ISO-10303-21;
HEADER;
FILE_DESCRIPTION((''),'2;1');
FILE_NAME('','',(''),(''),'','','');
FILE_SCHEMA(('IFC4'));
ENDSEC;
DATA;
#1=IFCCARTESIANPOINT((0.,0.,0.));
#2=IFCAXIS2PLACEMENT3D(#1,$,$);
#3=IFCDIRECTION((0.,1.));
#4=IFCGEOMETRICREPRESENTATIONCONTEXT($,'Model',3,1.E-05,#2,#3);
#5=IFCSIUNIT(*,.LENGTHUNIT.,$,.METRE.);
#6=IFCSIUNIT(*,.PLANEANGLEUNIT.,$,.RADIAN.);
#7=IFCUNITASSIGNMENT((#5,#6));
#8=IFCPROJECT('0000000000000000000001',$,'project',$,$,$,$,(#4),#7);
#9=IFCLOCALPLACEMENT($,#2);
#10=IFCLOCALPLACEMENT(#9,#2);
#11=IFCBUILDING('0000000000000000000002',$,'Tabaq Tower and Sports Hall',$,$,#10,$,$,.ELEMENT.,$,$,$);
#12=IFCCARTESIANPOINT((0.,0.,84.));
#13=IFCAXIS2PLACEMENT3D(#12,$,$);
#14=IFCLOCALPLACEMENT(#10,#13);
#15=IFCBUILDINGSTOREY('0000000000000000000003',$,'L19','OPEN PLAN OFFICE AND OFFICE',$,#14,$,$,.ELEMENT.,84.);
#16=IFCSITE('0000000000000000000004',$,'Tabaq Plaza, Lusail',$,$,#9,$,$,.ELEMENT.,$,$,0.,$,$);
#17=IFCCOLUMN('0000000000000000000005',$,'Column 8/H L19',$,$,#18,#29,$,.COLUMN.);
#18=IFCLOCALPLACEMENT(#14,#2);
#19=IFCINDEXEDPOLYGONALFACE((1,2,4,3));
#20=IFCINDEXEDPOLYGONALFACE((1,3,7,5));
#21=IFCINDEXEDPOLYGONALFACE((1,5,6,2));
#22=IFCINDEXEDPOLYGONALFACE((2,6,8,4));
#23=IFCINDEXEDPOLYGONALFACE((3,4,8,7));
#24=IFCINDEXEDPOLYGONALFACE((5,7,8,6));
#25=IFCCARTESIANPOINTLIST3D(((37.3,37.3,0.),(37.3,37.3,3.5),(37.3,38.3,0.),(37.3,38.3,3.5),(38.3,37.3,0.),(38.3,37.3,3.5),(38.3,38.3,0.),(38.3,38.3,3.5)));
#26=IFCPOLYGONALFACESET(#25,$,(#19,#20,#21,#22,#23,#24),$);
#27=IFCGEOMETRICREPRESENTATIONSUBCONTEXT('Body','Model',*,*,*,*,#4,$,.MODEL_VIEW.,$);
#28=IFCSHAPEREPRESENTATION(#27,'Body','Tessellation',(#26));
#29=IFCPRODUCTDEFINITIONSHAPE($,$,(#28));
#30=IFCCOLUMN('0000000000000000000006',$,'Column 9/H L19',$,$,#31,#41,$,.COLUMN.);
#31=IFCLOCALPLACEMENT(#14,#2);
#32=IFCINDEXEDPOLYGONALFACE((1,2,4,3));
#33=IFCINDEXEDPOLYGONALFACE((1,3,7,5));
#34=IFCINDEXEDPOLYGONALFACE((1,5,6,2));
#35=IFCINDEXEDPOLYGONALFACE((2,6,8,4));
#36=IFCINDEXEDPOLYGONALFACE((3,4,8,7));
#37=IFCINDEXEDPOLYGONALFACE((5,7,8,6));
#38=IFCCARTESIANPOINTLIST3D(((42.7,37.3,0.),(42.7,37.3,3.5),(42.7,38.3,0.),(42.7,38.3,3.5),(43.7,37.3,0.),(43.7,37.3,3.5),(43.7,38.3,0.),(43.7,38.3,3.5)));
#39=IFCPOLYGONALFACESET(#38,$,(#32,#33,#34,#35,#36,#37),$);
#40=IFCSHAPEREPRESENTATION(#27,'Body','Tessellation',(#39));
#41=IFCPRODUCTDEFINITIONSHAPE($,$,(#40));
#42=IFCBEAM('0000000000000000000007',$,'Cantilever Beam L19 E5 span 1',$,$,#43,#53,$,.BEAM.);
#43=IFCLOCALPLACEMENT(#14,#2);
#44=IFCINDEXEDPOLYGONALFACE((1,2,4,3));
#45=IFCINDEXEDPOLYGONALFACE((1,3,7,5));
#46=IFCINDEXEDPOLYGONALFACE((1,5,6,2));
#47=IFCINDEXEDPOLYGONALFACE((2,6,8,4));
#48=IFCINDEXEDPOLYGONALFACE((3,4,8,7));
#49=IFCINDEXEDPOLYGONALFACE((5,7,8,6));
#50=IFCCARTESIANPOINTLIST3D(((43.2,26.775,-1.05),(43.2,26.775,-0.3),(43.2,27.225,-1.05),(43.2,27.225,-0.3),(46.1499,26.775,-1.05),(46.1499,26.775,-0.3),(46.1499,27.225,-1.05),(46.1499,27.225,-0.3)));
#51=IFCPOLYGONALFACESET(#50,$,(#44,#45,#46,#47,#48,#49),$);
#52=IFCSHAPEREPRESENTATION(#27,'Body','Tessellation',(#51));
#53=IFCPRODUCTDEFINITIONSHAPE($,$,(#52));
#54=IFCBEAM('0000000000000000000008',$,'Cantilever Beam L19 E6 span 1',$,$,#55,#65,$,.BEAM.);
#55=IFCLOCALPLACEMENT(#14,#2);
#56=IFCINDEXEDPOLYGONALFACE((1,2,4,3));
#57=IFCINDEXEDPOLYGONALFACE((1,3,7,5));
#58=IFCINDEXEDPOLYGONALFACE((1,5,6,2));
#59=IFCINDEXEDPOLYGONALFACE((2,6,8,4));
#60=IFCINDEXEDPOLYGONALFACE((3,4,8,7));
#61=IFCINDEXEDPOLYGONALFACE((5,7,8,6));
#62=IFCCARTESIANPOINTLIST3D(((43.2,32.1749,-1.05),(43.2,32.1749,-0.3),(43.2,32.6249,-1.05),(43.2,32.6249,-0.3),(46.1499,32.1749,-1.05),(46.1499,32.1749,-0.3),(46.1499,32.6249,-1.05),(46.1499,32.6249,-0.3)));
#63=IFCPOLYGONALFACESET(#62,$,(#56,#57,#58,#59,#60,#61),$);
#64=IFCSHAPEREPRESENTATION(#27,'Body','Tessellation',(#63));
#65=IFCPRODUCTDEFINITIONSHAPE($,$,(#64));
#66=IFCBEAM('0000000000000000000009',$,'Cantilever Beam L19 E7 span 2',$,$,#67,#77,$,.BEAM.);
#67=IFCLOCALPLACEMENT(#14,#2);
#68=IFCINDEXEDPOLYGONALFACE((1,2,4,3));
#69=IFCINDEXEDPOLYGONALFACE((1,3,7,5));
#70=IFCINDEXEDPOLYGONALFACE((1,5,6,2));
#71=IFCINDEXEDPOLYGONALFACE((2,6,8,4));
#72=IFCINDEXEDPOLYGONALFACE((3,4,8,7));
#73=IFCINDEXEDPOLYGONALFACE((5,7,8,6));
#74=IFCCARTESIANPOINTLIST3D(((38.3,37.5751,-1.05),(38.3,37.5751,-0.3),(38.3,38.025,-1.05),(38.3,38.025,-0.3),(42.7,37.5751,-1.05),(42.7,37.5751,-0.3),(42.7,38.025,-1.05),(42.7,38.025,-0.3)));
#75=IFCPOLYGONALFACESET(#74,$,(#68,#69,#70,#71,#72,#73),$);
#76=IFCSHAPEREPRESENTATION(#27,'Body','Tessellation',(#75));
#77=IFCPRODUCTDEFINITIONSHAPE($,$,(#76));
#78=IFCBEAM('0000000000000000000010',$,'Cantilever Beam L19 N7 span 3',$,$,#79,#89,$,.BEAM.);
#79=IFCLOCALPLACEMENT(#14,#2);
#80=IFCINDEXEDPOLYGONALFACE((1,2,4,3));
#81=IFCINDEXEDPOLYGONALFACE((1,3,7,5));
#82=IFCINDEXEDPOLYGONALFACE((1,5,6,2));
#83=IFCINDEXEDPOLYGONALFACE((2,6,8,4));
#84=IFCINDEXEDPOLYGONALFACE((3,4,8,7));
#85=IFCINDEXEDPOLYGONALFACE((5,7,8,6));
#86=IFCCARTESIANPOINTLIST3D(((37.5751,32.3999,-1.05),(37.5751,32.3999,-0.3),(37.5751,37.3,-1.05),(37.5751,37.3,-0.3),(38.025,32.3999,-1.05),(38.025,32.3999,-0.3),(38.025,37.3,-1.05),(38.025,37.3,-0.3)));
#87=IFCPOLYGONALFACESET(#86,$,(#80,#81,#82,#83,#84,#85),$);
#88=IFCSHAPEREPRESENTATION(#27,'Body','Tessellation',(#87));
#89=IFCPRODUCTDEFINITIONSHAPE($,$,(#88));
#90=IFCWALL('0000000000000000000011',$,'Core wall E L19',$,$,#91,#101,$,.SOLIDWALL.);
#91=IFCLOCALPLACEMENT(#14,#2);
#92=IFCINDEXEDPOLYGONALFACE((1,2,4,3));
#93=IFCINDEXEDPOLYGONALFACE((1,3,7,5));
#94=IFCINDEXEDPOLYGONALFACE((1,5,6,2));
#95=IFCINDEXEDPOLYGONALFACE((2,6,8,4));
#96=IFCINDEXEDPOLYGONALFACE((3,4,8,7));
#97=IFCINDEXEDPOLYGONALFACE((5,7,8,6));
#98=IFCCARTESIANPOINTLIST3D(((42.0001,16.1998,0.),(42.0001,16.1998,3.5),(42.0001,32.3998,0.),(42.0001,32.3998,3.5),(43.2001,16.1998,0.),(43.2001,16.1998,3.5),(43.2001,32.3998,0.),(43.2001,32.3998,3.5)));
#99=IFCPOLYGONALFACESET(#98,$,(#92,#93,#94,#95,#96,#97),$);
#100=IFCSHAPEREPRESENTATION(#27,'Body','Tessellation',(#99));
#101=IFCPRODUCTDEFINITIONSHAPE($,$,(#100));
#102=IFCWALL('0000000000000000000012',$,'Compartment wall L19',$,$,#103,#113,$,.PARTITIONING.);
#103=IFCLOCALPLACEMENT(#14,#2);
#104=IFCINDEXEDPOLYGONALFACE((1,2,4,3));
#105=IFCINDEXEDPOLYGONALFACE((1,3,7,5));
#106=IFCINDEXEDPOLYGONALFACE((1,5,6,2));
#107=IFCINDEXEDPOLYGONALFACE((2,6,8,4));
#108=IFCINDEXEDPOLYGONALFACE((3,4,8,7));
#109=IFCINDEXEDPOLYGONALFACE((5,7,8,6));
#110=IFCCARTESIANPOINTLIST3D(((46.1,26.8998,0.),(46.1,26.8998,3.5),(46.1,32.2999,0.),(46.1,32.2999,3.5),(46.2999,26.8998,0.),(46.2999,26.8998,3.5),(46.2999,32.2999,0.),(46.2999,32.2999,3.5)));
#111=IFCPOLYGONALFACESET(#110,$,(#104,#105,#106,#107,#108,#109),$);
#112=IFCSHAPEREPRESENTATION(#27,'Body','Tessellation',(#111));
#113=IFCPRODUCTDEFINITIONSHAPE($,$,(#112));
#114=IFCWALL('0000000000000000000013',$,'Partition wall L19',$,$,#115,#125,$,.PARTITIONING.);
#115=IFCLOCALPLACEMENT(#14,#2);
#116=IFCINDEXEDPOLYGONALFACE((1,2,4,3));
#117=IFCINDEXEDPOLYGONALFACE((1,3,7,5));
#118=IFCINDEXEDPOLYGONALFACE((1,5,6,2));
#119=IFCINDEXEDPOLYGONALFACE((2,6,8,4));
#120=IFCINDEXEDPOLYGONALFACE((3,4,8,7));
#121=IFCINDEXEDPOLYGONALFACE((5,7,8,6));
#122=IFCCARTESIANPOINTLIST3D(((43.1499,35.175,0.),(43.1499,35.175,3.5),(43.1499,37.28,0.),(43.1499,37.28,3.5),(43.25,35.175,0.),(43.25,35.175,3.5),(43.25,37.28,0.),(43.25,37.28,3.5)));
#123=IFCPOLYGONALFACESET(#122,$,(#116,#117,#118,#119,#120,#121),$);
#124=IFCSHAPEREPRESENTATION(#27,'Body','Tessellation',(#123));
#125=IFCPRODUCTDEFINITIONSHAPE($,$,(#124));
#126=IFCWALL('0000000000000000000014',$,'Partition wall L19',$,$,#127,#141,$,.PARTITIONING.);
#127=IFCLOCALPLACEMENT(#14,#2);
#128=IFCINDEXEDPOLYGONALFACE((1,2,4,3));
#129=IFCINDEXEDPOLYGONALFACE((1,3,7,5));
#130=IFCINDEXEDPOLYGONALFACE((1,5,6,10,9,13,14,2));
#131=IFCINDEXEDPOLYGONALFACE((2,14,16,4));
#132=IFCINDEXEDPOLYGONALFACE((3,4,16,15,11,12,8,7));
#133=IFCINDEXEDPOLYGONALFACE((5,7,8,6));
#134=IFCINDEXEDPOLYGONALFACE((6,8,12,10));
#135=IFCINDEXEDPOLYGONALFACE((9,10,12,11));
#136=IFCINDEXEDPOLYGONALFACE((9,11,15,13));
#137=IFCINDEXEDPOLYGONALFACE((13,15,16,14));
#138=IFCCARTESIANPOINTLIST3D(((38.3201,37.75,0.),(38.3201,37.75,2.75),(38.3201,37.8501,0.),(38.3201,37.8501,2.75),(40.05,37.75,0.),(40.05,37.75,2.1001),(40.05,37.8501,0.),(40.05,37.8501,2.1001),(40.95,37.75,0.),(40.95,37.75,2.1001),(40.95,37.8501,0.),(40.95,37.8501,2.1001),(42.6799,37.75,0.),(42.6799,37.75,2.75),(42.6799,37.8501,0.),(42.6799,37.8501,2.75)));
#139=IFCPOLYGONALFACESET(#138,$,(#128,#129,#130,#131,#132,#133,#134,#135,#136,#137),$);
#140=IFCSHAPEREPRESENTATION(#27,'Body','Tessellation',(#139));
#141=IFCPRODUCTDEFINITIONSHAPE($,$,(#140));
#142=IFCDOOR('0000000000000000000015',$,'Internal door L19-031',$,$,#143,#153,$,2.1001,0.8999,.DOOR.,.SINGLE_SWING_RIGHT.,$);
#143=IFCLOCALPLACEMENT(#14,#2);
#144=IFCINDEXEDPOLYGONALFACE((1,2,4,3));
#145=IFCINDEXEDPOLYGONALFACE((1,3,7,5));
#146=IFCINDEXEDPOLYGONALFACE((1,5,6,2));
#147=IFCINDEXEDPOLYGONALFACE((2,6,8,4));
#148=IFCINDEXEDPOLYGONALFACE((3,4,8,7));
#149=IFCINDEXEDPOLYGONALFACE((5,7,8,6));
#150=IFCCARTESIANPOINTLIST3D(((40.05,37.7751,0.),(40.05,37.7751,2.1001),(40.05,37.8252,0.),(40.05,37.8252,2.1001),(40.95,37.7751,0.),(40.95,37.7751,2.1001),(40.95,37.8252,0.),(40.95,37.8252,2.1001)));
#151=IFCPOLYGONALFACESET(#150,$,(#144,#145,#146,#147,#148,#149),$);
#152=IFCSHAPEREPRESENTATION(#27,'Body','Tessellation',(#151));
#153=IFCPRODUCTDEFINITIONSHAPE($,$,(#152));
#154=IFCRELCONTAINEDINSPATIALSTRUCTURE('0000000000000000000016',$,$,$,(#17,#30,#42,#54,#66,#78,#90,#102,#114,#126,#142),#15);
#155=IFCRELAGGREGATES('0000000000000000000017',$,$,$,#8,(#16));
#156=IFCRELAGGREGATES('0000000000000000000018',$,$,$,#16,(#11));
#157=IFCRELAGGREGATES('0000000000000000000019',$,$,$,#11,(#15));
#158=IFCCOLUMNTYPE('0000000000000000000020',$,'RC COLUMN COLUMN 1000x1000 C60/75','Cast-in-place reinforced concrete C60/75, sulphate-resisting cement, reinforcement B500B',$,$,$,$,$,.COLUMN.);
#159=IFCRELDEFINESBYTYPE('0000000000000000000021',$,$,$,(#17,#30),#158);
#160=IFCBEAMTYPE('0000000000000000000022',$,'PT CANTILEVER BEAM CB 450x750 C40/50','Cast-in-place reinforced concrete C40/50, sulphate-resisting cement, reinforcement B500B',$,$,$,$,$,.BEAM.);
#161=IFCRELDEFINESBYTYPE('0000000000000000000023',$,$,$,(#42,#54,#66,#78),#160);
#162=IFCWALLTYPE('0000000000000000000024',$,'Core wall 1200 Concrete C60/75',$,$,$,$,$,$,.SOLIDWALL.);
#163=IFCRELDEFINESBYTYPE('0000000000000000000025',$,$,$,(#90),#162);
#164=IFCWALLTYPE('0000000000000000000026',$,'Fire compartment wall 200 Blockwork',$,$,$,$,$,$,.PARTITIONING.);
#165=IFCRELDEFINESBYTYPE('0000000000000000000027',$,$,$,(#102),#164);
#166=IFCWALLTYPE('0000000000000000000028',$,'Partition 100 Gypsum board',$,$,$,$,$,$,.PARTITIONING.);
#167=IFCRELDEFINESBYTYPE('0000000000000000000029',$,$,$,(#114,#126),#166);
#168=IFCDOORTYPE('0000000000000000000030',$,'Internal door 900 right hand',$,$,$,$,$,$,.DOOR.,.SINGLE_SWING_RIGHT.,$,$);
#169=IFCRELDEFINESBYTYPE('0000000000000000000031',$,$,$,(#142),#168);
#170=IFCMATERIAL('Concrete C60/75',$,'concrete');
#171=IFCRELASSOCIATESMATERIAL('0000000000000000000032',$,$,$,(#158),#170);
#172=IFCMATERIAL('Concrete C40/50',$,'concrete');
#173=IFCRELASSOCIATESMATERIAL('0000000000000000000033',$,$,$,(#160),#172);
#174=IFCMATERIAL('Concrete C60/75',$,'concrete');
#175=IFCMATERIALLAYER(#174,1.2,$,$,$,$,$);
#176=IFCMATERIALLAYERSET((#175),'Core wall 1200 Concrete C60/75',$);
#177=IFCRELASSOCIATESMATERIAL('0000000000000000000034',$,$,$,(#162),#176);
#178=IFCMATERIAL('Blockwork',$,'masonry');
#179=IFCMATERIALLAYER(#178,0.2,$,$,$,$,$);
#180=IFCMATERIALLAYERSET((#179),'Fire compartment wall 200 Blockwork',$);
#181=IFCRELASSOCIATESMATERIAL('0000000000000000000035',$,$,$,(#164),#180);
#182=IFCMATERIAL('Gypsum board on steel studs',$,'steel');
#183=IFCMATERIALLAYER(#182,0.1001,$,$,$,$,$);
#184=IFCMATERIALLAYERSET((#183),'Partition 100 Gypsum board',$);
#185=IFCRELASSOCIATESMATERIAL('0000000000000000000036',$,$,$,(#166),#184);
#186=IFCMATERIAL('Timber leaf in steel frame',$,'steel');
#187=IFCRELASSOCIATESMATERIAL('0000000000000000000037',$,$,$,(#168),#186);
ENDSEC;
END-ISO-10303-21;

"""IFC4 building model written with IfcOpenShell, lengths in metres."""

from ifc_helpers import new_model, si_unit, direction, frame, frame_2d, origin, origin_2d, place, context, subcontext, project, spatial, rectangle, extrude, material, layer, layer_set, material_profile, profile_set, type_object, element, fill, save


model = new_model("IFC4")

# Units and contexts
model_context = context("Model", 3, precision=1e-05, world=origin(), true_north=direction((0.0, 1.0)))
body_context = subcontext(model_context, "Body", "Model", "MODEL_VIEW")
ifc_project = project(units=[si_unit("LENGTHUNIT", "METRE"), si_unit("PLANEANGLEUNIT", "RADIAN")], contexts=[model_context])

# Site, building, storey
site_placement = place(None, origin())
site = spatial("IfcSite", under=ifc_project, at=site_placement, Name="Tabaq Plaza, Lusail", CompositionType="ELEMENT", RefElevation=0.0)
building_placement = place(site_placement, origin())
building = spatial("IfcBuilding", under=site, at=building_placement, Name="Tabaq Tower and Sports Hall", CompositionType="ELEMENT")
storey_placement = place(building_placement, frame((0.0, 0.0, 84.0)))
storey = spatial("IfcBuildingStorey", under=building, at=storey_placement, Name="L19", Description="OPEN PLAN OFFICE AND OFFICE", CompositionType="ELEMENT", Elevation=84.0)

# Columns
ifc_material_1 = material(Name="Concrete C60/75", Category="concrete")
ifc_material_profile_1 = material_profile(ifc_material_1, rectangle(XDim=1.0, YDim=1.0, at=origin_2d()), Name="COLUMN 1000x1000")
ifc_profile_set_1 = profile_set([ifc_material_profile_1], Name="Concrete C60/75")
column_type = type_object("IfcColumnType", Name="RC COLUMN COLUMN 1000x1000 C60/75", Description="Cast-in-place reinforced concrete C60/75, sulphate-resisting cement, reinforcement B500B", PredefinedType="COLUMN", material=ifc_profile_set_1)
for number, where, z_axis, x_axis, name in (
    (1, (37.8, 37.8, 0.0), (0.0, 0.0, 1.0), (1.0, 0.0, 0.0), "Column 8/H L19"),
    (2, (43.2, 37.8, 0.0), (0.0, 0.0, 1.0), (1.0, 0.0, 0.0), "Column 9/H L19"),
):
    element("IfcColumn", number, at=place(storey_placement, frame(where, z_axis=z_axis, x_axis=x_axis)), inside=storey, type_object=column_type, Name=name, PredefinedType="COLUMN", context=body_context, shape_type="SweptSolid", body=[
        extrude(rectangle(XDim=1.0, YDim=1.0, at=origin_2d()), origin(), (0.0, 0.0, 1.0), 3.5),
    ])

# Beams
ifc_material_2 = material(Name="Concrete C40/50", Category="concrete")
ifc_material_profile_2 = material_profile(ifc_material_2, rectangle(XDim=0.45, YDim=0.75, at=origin_2d()), Name="CB 450x750")
ifc_profile_set_2 = profile_set([ifc_material_profile_2], Name="Concrete C40/50")
beam_type = type_object("IfcBeamType", Name="PT CANTILEVER BEAM CB 450x750 C40/50", Description="Cast-in-place reinforced concrete C40/50, sulphate-resisting cement, reinforcement B500B", PredefinedType="BEAM", material=ifc_profile_set_2)
for number, where, z_axis, x_axis, name in (
    (3, (46.1499, 27.0, -0.675), (-1.0, 0.0, 0.0), (0.0, -1.0, 0.0), "Cantilever Beam L19 E5 span 1"),
    (4, (46.1499, 32.3999, -0.675), (-1.0, 0.0, 0.0), (0.0, -1.0, 0.0), "Cantilever Beam L19 E6 span 1"),
):
    element("IfcBeam", number, at=place(storey_placement, frame(where, z_axis=z_axis, x_axis=x_axis)), inside=storey, type_object=beam_type, Name=name, PredefinedType="BEAM", context=body_context, shape_type="SweptSolid", body=[
        extrude(rectangle(XDim=0.45, YDim=0.75, at=origin_2d()), origin(), (0.0, 0.0, 1.0), 2.95),
    ])
beam_1_placement = place(storey_placement, frame((42.7, 37.8, -0.675), z_axis=(-1.0, 0.0, 0.0), x_axis=(0.0, -1.0, 0.0)))
element("IfcBeam", 5, at=beam_1_placement, inside=storey, type_object=beam_type, Name="Cantilever Beam L19 E7 span 2", PredefinedType="BEAM", context=body_context, shape_type="SweptSolid", body=[
    extrude(rectangle(XDim=0.45, YDim=0.75, at=origin_2d()), origin(), (0.0, 0.0, 1.0), 4.3999),
])
beam_2_placement = place(storey_placement, frame((37.8, 37.3, -0.675), z_axis=(0.0, -1.0, 0.0), x_axis=(1.0, 0.0, 0.0)))
element("IfcBeam", 6, at=beam_2_placement, inside=storey, type_object=beam_type, Name="Cantilever Beam L19 N7 span 3", PredefinedType="BEAM", context=body_context, shape_type="SweptSolid", body=[
    extrude(rectangle(XDim=0.45, YDim=0.75, at=origin_2d()), origin(), (0.0, 0.0, 1.0), 4.9001),
])

# Wall
ifc_material_3 = material(Name="Concrete C60/75", Category="concrete")
ifc_layer_1 = layer(ifc_material_3, 1.2)
ifc_layer_set_1 = layer_set([ifc_layer_1], Name="Core wall 1200 Concrete C60/75")
wall_type_1 = type_object("IfcWallType", Name="Core wall 1200 Concrete C60/75", PredefinedType="SOLIDWALL", material=ifc_layer_set_1)
wall_1_placement = place(storey_placement, frame((42.6001, 32.3999, 0.0), z_axis=(0.0, 0.0, 1.0), x_axis=(0.0, -1.0, 0.0)))
element("IfcWall", 7, at=wall_1_placement, inside=storey, type_object=wall_type_1, Name="Core wall E L19", PredefinedType="SOLIDWALL", context=body_context, shape_type="SweptSolid", body=[
    extrude(rectangle(XDim=16.2, YDim=1.2, at=frame_2d((8.1001, 0.0))), origin(), (0.0, 0.0, 1.0), 3.5),
])

# Shared definitions
ifc_material_4 = material(Name="Blockwork", Category="masonry")
ifc_layer_2 = layer(ifc_material_4, 0.2)
ifc_layer_set_2 = layer_set([ifc_layer_2], Name="Fire compartment wall 200 Blockwork")
wall_type_2 = type_object("IfcWallType", Name="Fire compartment wall 200 Blockwork", PredefinedType="PARTITIONING", material=ifc_layer_set_2)

# Walls
wall_2_placement = place(storey_placement, frame((46.2, 32.3, 0.0), z_axis=(0.0, 0.0, 1.0), x_axis=(0.0, -1.0, 0.0)))
element("IfcWall", 8, at=wall_2_placement, inside=storey, type_object=wall_type_2, Name="Compartment wall L19", PredefinedType="PARTITIONING", context=body_context, shape_type="SweptSolid", body=[
    extrude(rectangle(XDim=5.4001, YDim=0.2, at=frame_2d((2.7002, 0.0))), origin(), (0.0, 0.0, 1.0), 3.5),
])
ifc_material_5 = material(Name="Gypsum board on steel studs", Category="steel")
ifc_layer_3 = layer(ifc_material_5, 0.1001)
ifc_layer_set_3 = layer_set([ifc_layer_3], Name="Partition 100 Gypsum board")
wall_type_3 = type_object("IfcWallType", Name="Partition 100 Gypsum board", PredefinedType="PARTITIONING", material=ifc_layer_set_3)
wall_3_placement = place(storey_placement, frame((43.2, 35.175, 0.0), z_axis=(0.0, 0.0, 1.0), x_axis=(0.0, 1.0, 0.0)))
element("IfcWall", 9, at=wall_3_placement, inside=storey, type_object=wall_type_3, Name="Partition wall L19", PredefinedType="PARTITIONING", context=body_context, shape_type="SweptSolid", body=[
    extrude(rectangle(XDim=2.105, YDim=0.1001, at=frame_2d((1.0525, 0.0))), origin(), (0.0, 0.0, 1.0), 3.5),
])

# Wall, opening, door
wall_4_placement = place(storey_placement, frame((42.6799, 37.8, 0.0), z_axis=(0.0, 0.0, 1.0), x_axis=(-1.0, 0.0, 0.0)))
wall_4 = element("IfcWall", 10, at=wall_4_placement, inside=storey, type_object=wall_type_3, Name="Partition wall L19", PredefinedType="PARTITIONING", context=body_context, shape_type="SweptSolid", body=[
    extrude(rectangle(XDim=4.3599, YDim=0.1001, at=frame_2d((2.1799, 0.0))), origin(), (0.0, 0.0, 1.0), 2.75),
])
opening_1_placement = place(wall_4_placement, frame((1.73, 0.0, 0.0)))
opening_1 = element("IfcOpeningElement", 11, at=opening_1_placement, cuts=wall_4, PredefinedType="OPENING", context=body_context, shape_type="SweptSolid", body=[
    extrude(rectangle(XDim=0.8999, YDim=2.1001, at=frame_2d((0.45, 1.05))), frame((0.0, 0.05, 0.0), z_axis=(0.0, -1.0, 0.0), x_axis=(1.0, 0.0, 0.0)), (0.0, 0.0, 1.0), 0.1001),
])
ifc_material_6 = material(Name="Timber leaf in steel frame", Category="steel")
door_type_1 = type_object("IfcDoorType", Name="Internal door 900 right hand", OperationType="SINGLE_SWING_RIGHT", PredefinedType="DOOR", material=ifc_material_6)
door_1_placement = place(opening_1_placement, origin())
door_1 = element("IfcDoor", 12, at=door_1_placement, inside=storey, type_object=door_type_1, Name="Internal door L19-031", OperationType="SINGLE_SWING_RIGHT", OverallHeight=2.1001, OverallWidth=0.8999, PredefinedType="DOOR", context=body_context, shape_type="SweptSolid", body=[
    extrude(rectangle(XDim=0.8999, YDim=2.1001, at=frame_2d((0.45, 1.05))), frame((0.0, 0.0249, 0.0), z_axis=(0.0, -1.0, 0.0), x_axis=(1.0, 0.0, 0.0)), (0.0, 0.0, 1.0), 0.05),
])
fill(opening_1, door_1)

save(model, "model.ifc")
